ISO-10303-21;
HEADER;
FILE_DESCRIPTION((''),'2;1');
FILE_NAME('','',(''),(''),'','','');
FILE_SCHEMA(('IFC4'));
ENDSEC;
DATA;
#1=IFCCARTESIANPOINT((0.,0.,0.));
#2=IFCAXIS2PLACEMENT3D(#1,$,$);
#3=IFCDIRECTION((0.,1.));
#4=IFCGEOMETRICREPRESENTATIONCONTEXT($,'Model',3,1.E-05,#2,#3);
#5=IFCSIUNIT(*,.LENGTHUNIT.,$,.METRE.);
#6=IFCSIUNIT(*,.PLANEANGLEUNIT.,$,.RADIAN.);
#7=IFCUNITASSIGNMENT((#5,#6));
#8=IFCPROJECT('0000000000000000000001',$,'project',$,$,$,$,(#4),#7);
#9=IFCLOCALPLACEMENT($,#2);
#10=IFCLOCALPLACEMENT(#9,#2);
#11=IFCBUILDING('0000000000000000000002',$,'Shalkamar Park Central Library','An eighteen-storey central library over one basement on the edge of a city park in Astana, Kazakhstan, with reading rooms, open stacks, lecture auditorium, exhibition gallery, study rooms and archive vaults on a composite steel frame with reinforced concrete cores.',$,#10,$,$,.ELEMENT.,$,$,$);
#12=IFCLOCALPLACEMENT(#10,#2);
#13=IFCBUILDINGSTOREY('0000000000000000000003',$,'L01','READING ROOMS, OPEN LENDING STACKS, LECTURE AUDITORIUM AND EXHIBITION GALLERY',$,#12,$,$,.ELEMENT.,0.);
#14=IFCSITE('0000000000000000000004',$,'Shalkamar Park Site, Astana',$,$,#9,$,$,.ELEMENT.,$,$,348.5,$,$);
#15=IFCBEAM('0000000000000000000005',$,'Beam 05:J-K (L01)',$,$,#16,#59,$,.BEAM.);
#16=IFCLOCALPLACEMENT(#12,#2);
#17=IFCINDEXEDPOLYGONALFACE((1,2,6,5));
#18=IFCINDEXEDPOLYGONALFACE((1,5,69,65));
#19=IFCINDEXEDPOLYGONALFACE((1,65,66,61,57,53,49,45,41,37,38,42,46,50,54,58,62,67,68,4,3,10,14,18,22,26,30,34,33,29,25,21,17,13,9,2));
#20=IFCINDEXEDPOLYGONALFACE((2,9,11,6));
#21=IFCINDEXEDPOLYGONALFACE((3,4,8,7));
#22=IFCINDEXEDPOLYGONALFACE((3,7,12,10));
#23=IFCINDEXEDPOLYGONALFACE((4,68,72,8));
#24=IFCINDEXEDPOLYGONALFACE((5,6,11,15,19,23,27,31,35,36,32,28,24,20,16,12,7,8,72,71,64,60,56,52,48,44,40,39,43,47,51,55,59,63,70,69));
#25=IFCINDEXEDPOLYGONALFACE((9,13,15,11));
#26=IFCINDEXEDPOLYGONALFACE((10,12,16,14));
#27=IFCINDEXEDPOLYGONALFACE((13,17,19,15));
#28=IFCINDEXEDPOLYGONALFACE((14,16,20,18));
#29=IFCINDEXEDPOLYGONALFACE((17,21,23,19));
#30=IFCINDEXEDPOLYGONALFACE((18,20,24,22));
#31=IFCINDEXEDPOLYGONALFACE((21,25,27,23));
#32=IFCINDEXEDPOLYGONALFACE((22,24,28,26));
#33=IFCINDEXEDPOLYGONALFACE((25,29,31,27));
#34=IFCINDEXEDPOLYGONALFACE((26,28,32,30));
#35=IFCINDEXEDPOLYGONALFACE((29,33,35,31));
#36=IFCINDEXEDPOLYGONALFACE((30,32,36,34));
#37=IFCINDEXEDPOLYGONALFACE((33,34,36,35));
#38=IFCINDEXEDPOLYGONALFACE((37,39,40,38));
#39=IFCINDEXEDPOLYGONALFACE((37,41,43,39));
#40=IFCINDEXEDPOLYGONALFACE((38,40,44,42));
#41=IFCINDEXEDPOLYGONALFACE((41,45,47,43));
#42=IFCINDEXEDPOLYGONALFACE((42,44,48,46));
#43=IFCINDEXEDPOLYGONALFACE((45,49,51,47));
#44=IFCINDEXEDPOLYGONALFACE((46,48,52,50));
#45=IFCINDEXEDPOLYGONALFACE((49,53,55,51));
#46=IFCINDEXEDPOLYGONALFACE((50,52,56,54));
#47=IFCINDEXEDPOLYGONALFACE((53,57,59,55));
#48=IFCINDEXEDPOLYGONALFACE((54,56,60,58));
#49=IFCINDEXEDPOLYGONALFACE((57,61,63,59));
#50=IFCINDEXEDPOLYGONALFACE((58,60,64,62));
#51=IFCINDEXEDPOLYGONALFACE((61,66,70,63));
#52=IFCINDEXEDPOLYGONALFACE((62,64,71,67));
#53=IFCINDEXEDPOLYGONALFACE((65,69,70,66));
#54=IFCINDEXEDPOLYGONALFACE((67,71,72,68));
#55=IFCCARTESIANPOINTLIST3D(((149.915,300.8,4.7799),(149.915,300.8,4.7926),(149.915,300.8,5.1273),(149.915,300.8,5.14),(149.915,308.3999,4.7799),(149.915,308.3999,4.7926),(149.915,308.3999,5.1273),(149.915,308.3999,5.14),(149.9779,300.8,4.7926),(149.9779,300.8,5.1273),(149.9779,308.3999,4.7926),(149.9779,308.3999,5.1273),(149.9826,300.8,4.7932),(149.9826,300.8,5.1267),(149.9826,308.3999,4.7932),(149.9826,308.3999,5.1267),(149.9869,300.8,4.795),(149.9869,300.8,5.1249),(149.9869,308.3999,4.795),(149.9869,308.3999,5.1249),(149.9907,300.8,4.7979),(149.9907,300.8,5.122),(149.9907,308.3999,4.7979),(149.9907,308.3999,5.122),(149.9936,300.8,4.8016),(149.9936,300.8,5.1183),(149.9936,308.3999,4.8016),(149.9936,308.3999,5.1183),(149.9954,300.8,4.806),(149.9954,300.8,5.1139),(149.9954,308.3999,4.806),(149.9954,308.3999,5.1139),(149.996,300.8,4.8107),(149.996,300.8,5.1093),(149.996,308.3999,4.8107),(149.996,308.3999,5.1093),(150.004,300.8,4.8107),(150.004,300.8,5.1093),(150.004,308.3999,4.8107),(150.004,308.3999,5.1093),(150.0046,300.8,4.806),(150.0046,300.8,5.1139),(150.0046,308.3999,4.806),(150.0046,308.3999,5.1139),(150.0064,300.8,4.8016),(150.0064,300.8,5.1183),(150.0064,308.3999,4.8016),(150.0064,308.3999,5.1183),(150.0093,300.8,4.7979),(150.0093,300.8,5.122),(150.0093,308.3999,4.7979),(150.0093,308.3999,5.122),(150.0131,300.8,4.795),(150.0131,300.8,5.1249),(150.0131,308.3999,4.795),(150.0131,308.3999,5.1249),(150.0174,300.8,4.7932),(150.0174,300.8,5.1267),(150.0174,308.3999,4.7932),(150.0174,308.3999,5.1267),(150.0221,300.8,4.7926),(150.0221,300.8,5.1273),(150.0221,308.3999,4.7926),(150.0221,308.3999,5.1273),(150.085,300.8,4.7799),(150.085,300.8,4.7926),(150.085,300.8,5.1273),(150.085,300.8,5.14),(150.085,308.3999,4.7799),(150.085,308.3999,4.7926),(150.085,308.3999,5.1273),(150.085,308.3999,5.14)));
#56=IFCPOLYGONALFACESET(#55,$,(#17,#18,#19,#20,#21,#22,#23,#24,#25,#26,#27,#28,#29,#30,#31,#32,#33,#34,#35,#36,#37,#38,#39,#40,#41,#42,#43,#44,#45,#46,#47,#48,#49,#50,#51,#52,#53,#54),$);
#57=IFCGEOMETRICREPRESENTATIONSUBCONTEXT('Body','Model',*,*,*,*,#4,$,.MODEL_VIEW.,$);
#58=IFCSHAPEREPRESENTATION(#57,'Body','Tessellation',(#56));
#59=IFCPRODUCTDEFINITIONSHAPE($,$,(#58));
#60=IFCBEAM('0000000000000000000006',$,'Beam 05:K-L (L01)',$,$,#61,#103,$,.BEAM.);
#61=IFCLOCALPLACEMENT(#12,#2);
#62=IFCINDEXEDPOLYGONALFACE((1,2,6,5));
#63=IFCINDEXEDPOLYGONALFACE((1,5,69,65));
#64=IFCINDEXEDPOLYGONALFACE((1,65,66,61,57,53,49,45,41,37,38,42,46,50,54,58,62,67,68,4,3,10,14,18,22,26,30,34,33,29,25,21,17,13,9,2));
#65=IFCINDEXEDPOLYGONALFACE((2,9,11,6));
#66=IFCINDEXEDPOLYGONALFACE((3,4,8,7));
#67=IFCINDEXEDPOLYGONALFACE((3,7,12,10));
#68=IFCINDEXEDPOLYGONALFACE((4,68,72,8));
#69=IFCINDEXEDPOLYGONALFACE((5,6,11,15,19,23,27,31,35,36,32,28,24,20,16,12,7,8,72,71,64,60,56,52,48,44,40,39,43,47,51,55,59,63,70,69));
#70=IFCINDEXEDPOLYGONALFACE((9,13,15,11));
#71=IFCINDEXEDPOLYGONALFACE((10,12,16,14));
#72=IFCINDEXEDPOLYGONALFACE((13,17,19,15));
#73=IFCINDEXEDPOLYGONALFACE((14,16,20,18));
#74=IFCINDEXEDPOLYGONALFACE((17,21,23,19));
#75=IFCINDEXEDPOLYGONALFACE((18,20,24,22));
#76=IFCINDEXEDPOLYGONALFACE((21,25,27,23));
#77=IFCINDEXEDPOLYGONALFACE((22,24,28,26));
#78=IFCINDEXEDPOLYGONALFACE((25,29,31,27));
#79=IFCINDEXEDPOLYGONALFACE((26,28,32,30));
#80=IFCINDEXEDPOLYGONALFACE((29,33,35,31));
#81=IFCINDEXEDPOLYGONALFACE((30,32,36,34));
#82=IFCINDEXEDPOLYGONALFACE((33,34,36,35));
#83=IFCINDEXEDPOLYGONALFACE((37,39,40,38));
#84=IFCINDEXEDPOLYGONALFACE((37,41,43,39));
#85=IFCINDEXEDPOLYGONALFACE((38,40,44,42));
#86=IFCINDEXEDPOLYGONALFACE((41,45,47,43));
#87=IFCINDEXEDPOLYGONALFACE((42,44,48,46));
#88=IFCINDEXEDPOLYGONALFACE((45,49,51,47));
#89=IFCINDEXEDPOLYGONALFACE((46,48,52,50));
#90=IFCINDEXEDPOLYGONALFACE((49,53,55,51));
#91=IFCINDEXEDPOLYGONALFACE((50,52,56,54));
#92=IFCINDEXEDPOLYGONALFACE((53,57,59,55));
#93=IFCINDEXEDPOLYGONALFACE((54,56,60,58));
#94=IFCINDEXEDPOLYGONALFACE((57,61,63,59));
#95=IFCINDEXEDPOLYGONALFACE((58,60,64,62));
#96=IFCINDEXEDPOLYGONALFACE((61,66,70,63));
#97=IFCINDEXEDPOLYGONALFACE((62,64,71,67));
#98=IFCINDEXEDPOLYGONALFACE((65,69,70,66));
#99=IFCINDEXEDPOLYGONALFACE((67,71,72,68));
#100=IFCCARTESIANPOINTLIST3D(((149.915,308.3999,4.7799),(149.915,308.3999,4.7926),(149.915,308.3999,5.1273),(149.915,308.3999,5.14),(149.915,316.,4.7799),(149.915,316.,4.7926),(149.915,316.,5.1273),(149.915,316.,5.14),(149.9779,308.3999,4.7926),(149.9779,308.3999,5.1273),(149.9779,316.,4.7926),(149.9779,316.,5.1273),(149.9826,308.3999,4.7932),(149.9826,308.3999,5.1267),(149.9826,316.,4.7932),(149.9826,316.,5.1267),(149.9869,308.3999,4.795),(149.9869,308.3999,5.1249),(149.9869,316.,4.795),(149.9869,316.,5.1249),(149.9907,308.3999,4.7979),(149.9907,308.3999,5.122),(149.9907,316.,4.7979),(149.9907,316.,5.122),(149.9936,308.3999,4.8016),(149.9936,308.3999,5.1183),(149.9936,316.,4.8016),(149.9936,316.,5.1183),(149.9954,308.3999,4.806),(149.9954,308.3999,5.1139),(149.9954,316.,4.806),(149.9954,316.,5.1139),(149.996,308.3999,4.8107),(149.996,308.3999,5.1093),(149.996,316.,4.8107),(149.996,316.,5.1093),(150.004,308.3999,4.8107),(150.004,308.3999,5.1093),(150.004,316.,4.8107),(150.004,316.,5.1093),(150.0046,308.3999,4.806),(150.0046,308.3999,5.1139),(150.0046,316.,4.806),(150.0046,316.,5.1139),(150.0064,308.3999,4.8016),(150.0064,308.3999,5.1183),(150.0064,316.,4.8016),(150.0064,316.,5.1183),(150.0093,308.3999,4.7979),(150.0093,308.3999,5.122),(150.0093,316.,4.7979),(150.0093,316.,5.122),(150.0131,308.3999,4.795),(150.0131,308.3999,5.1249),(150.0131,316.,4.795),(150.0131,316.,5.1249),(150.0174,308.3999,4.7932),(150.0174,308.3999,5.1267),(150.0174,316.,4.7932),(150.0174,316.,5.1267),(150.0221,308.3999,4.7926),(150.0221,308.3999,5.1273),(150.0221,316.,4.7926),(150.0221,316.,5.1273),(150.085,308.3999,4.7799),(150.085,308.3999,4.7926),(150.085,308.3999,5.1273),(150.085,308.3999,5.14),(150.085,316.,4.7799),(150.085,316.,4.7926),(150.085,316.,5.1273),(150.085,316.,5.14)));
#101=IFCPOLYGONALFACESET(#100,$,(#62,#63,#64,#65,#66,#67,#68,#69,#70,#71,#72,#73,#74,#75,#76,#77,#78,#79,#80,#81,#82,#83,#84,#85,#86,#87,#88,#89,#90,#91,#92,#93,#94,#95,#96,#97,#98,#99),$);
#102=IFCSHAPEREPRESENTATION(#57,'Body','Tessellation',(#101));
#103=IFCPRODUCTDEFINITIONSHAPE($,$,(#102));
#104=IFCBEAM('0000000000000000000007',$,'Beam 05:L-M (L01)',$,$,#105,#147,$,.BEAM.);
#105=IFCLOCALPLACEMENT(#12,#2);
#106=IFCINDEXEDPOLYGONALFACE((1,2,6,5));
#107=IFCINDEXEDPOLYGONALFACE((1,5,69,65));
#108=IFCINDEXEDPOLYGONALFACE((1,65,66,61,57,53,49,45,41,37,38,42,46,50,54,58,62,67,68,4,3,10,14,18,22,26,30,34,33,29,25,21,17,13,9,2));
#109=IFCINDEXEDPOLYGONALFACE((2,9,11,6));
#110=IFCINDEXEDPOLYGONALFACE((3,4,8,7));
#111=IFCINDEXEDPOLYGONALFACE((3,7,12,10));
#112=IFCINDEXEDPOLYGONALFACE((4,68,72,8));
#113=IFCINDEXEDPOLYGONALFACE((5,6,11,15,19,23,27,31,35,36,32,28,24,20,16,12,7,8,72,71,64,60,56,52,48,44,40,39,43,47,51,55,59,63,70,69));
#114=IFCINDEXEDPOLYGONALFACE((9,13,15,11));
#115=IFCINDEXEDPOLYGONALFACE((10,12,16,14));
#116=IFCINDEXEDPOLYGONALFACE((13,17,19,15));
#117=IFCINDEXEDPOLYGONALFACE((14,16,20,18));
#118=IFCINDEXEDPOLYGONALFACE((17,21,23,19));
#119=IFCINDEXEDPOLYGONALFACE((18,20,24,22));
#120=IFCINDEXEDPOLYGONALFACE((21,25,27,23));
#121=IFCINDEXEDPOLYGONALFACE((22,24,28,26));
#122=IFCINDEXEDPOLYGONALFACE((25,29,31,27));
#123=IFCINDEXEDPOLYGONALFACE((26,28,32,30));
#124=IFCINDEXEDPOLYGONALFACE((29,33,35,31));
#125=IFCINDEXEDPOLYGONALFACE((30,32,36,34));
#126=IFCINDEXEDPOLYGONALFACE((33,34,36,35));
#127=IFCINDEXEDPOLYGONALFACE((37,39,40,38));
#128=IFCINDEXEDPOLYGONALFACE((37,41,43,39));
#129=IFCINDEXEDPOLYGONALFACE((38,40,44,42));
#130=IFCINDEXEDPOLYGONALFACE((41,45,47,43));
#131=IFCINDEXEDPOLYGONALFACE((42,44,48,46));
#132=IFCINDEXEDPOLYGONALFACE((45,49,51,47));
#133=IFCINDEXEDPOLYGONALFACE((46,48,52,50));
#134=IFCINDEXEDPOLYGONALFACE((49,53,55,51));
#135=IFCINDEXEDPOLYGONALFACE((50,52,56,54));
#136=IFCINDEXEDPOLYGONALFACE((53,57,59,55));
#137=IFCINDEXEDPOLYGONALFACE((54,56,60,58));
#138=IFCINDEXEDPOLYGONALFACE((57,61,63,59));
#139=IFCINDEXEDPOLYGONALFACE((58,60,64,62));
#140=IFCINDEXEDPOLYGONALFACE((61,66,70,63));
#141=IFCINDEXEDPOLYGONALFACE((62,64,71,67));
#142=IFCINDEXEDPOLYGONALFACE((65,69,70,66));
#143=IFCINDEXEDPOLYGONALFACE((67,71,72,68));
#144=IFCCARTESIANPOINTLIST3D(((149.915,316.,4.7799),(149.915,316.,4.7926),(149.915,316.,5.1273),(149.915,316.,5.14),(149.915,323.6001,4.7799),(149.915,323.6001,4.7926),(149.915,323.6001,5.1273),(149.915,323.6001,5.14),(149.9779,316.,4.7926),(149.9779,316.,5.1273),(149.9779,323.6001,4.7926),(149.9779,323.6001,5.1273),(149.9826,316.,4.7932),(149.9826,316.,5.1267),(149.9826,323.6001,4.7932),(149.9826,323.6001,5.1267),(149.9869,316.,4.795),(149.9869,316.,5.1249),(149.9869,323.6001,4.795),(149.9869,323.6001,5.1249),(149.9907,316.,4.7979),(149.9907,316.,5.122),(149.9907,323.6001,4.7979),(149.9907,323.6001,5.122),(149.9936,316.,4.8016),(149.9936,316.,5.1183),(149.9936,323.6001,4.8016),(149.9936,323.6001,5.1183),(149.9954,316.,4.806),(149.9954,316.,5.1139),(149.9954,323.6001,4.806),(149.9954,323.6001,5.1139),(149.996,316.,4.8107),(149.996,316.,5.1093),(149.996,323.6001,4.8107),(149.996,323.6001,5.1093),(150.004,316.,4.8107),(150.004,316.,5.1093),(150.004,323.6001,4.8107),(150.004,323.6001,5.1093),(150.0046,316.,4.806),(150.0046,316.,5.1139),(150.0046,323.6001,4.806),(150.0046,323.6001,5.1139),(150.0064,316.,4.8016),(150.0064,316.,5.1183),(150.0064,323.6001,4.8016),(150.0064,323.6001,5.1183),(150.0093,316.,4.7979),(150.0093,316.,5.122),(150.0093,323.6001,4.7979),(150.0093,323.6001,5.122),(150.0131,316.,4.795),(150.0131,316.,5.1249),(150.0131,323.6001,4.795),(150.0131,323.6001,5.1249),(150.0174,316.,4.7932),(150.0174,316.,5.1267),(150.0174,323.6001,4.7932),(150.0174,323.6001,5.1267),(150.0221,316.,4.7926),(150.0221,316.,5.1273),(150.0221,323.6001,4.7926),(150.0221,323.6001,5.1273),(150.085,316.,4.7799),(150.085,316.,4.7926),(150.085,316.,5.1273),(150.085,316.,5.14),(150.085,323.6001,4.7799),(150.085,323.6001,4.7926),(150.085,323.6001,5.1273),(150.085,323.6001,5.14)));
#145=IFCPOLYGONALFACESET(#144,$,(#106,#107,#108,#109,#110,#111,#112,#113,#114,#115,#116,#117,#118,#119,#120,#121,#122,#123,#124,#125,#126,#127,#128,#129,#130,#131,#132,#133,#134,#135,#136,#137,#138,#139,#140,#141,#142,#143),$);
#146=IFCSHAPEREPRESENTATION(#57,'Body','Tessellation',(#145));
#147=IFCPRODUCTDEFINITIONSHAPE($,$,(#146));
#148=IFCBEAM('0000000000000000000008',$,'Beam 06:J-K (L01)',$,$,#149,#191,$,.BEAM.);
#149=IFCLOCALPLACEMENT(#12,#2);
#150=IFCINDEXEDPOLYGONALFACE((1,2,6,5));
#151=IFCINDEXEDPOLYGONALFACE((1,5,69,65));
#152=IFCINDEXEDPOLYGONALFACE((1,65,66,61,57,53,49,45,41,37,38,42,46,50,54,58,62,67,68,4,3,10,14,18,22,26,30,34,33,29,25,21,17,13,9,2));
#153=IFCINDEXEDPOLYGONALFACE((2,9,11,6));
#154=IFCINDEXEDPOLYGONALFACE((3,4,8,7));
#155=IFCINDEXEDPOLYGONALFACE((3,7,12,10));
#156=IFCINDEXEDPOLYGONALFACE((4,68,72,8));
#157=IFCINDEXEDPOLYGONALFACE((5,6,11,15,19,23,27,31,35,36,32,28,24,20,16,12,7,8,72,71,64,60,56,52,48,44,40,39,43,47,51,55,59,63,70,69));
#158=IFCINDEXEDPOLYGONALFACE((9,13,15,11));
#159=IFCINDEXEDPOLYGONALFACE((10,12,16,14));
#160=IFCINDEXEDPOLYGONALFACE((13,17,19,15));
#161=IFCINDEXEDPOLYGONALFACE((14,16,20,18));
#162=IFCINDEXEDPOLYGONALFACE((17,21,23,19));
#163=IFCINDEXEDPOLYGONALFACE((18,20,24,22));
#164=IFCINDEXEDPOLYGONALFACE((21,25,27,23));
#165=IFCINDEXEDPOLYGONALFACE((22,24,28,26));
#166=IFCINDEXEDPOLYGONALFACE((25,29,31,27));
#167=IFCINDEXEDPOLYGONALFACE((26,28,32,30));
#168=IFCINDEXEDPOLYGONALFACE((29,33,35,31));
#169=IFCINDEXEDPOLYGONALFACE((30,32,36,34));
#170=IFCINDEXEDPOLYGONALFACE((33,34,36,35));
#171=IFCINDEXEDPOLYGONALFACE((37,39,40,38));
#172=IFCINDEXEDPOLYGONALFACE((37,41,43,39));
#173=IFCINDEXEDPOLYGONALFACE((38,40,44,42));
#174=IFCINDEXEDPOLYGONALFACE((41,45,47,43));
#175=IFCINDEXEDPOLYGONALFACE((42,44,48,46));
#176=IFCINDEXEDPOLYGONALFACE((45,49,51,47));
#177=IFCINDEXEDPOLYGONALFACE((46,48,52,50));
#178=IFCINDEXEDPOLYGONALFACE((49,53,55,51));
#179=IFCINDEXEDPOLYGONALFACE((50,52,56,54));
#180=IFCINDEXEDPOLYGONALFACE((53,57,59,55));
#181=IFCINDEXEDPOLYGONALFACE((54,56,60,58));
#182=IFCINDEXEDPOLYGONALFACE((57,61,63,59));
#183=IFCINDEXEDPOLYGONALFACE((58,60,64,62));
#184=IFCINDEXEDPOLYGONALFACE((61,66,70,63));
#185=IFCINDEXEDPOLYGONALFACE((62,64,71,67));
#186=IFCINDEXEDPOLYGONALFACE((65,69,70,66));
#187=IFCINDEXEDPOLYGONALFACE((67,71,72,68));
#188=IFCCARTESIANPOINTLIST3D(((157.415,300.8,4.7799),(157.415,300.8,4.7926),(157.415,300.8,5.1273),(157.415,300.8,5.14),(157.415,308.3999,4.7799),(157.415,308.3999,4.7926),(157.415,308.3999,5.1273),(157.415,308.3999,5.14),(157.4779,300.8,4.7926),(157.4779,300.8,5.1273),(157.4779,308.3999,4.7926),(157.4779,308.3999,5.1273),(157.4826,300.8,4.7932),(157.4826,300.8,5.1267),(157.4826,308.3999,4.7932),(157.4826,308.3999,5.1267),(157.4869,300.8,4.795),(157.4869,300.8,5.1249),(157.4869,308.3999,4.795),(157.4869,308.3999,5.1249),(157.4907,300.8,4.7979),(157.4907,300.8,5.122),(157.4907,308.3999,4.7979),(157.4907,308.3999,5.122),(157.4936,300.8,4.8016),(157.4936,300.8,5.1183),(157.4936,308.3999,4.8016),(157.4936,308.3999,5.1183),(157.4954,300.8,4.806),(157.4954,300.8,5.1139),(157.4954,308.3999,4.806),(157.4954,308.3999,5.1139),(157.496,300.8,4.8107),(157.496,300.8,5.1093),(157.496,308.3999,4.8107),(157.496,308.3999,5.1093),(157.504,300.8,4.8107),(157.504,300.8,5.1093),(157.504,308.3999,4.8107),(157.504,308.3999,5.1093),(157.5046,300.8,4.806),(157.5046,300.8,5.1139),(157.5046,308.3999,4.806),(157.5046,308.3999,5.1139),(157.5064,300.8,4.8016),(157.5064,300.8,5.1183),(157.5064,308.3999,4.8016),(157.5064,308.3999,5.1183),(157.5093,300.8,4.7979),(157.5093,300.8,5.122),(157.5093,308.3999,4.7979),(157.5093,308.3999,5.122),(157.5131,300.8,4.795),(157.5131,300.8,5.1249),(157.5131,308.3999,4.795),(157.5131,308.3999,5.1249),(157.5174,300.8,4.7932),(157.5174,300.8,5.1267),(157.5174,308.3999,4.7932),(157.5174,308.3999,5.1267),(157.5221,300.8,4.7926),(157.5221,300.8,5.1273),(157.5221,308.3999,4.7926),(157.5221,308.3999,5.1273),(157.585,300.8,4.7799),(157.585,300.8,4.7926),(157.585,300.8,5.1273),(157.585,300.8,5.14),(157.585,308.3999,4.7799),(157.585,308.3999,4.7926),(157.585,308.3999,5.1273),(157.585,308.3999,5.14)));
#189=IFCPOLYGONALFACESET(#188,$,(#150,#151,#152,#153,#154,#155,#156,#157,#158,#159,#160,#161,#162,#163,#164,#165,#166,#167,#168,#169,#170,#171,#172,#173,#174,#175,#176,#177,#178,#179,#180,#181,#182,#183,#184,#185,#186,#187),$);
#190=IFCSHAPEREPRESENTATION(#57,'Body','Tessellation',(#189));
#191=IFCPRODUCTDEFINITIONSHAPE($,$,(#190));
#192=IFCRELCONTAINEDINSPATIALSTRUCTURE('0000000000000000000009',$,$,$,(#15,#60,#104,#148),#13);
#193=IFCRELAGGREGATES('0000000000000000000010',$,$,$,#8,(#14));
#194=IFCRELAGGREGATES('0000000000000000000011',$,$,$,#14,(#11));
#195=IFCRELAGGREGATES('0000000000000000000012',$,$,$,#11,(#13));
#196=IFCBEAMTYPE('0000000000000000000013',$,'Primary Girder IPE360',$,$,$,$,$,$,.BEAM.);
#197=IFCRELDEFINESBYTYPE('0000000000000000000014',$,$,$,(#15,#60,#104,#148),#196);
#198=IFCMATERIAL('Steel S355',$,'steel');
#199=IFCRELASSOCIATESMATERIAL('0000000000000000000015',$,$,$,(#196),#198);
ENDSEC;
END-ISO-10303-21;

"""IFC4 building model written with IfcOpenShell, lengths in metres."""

from ifc_helpers import new_model, si_unit, direction, frame, origin, origin_2d, place, context, subcontext, project, spatial, i_section, extrude, material, material_profile, profile_set, type_object, element, save


model = new_model("IFC4")

# Units and contexts
model_context = context("Model", 3, precision=1e-05, world=origin(), true_north=direction((0.0, 1.0)))
body_context = subcontext(model_context, "Body", "Model", "MODEL_VIEW")
ifc_project = project(units=[si_unit("LENGTHUNIT", "METRE"), si_unit("PLANEANGLEUNIT", "RADIAN")], contexts=[model_context])

# Site, building, storey
site_placement = place(None, origin())
site = spatial("IfcSite", under=ifc_project, at=site_placement, Name="Shalkamar Park Site, Astana", CompositionType="ELEMENT", RefElevation=348.5)
building_placement = place(site_placement, origin())
building = spatial("IfcBuilding", under=site, at=building_placement, Name="Shalkamar Park Central Library", Description="An eighteen-storey central library over one basement on the edge of a city park in Astana, Kazakhstan, with reading rooms, open stacks, lecture auditorium, exhibition gallery, study rooms and archive vaults on a composite steel frame with reinforced concrete cores.", CompositionType="ELEMENT")
storey_placement = place(building_placement, origin())
storey = spatial("IfcBuildingStorey", under=building, at=storey_placement, Name="L01", Description="READING ROOMS, OPEN LENDING STACKS, LECTURE AUDITORIUM AND EXHIBITION GALLERY", CompositionType="ELEMENT", Elevation=0.0)

# Shared definitions
ifc_material_1 = material(Name="Steel S355", Category="steel")

# Beams
ifc_material_profile_1 = material_profile(ifc_material_1, i_section(OverallWidth=0.1699, OverallDepth=0.3601, WebThickness=0.0081, FlangeThickness=0.0127, FilletRadius=0.0181, at=origin_2d()), Name="IPE 360")
ifc_profile_set_1 = profile_set([ifc_material_profile_1], Name="Steel S355")
beam_type = type_object("IfcBeamType", Name="Primary Girder IPE360", PredefinedType="BEAM", material=ifc_profile_set_1)
beam_1_placement = place(storey_placement, frame((150.0, 300.8, 4.96), z_axis=(0.0, 1.0, 0.0), x_axis=(-1.0, 0.0, 0.0)))
element("IfcBeam", 1, at=beam_1_placement, inside=storey, type_object=beam_type, Name="Beam 05:J-K (L01)", PredefinedType="BEAM", context=body_context, shape_type="SweptSolid", body=[
    extrude(i_section(OverallWidth=0.1699, OverallDepth=0.3601, WebThickness=0.0081, FlangeThickness=0.0127, FilletRadius=0.0181, at=origin_2d()), origin(), (0.0, 0.0, 1.0), 7.5999),
])
for number, where, z_axis, x_axis, name in (
    (2, (150.0, 308.3999, 4.96), (0.0, 1.0, 0.0), (-1.0, 0.0, 0.0), "Beam 05:K-L (L01)"),
    (3, (150.0, 316.0, 4.96), (0.0, 1.0, 0.0), (-1.0, 0.0, 0.0), "Beam 05:L-M (L01)"),
):
    element("IfcBeam", number, at=place(storey_placement, frame(where, z_axis=z_axis, x_axis=x_axis)), inside=storey, type_object=beam_type, Name=name, PredefinedType="BEAM", context=body_context, shape_type="SweptSolid", body=[
        extrude(i_section(OverallWidth=0.1699, OverallDepth=0.3601, WebThickness=0.0081, FlangeThickness=0.0127, FilletRadius=0.0181, at=origin_2d()), origin(), (0.0, 0.0, 1.0), 7.6001),
    ])
beam_2_placement = place(storey_placement, frame((157.5, 300.8, 4.96), z_axis=(0.0, 1.0, 0.0), x_axis=(-1.0, 0.0, 0.0)))
element("IfcBeam", 4, at=beam_2_placement, inside=storey, type_object=beam_type, Name="Beam 06:J-K (L01)", PredefinedType="BEAM", context=body_context, shape_type="SweptSolid", body=[
    extrude(i_section(OverallWidth=0.1699, OverallDepth=0.3601, WebThickness=0.0081, FlangeThickness=0.0127, FilletRadius=0.0181, at=origin_2d()), origin(), (0.0, 0.0, 1.0), 7.5999),
])

save(model, "model.ifc")
